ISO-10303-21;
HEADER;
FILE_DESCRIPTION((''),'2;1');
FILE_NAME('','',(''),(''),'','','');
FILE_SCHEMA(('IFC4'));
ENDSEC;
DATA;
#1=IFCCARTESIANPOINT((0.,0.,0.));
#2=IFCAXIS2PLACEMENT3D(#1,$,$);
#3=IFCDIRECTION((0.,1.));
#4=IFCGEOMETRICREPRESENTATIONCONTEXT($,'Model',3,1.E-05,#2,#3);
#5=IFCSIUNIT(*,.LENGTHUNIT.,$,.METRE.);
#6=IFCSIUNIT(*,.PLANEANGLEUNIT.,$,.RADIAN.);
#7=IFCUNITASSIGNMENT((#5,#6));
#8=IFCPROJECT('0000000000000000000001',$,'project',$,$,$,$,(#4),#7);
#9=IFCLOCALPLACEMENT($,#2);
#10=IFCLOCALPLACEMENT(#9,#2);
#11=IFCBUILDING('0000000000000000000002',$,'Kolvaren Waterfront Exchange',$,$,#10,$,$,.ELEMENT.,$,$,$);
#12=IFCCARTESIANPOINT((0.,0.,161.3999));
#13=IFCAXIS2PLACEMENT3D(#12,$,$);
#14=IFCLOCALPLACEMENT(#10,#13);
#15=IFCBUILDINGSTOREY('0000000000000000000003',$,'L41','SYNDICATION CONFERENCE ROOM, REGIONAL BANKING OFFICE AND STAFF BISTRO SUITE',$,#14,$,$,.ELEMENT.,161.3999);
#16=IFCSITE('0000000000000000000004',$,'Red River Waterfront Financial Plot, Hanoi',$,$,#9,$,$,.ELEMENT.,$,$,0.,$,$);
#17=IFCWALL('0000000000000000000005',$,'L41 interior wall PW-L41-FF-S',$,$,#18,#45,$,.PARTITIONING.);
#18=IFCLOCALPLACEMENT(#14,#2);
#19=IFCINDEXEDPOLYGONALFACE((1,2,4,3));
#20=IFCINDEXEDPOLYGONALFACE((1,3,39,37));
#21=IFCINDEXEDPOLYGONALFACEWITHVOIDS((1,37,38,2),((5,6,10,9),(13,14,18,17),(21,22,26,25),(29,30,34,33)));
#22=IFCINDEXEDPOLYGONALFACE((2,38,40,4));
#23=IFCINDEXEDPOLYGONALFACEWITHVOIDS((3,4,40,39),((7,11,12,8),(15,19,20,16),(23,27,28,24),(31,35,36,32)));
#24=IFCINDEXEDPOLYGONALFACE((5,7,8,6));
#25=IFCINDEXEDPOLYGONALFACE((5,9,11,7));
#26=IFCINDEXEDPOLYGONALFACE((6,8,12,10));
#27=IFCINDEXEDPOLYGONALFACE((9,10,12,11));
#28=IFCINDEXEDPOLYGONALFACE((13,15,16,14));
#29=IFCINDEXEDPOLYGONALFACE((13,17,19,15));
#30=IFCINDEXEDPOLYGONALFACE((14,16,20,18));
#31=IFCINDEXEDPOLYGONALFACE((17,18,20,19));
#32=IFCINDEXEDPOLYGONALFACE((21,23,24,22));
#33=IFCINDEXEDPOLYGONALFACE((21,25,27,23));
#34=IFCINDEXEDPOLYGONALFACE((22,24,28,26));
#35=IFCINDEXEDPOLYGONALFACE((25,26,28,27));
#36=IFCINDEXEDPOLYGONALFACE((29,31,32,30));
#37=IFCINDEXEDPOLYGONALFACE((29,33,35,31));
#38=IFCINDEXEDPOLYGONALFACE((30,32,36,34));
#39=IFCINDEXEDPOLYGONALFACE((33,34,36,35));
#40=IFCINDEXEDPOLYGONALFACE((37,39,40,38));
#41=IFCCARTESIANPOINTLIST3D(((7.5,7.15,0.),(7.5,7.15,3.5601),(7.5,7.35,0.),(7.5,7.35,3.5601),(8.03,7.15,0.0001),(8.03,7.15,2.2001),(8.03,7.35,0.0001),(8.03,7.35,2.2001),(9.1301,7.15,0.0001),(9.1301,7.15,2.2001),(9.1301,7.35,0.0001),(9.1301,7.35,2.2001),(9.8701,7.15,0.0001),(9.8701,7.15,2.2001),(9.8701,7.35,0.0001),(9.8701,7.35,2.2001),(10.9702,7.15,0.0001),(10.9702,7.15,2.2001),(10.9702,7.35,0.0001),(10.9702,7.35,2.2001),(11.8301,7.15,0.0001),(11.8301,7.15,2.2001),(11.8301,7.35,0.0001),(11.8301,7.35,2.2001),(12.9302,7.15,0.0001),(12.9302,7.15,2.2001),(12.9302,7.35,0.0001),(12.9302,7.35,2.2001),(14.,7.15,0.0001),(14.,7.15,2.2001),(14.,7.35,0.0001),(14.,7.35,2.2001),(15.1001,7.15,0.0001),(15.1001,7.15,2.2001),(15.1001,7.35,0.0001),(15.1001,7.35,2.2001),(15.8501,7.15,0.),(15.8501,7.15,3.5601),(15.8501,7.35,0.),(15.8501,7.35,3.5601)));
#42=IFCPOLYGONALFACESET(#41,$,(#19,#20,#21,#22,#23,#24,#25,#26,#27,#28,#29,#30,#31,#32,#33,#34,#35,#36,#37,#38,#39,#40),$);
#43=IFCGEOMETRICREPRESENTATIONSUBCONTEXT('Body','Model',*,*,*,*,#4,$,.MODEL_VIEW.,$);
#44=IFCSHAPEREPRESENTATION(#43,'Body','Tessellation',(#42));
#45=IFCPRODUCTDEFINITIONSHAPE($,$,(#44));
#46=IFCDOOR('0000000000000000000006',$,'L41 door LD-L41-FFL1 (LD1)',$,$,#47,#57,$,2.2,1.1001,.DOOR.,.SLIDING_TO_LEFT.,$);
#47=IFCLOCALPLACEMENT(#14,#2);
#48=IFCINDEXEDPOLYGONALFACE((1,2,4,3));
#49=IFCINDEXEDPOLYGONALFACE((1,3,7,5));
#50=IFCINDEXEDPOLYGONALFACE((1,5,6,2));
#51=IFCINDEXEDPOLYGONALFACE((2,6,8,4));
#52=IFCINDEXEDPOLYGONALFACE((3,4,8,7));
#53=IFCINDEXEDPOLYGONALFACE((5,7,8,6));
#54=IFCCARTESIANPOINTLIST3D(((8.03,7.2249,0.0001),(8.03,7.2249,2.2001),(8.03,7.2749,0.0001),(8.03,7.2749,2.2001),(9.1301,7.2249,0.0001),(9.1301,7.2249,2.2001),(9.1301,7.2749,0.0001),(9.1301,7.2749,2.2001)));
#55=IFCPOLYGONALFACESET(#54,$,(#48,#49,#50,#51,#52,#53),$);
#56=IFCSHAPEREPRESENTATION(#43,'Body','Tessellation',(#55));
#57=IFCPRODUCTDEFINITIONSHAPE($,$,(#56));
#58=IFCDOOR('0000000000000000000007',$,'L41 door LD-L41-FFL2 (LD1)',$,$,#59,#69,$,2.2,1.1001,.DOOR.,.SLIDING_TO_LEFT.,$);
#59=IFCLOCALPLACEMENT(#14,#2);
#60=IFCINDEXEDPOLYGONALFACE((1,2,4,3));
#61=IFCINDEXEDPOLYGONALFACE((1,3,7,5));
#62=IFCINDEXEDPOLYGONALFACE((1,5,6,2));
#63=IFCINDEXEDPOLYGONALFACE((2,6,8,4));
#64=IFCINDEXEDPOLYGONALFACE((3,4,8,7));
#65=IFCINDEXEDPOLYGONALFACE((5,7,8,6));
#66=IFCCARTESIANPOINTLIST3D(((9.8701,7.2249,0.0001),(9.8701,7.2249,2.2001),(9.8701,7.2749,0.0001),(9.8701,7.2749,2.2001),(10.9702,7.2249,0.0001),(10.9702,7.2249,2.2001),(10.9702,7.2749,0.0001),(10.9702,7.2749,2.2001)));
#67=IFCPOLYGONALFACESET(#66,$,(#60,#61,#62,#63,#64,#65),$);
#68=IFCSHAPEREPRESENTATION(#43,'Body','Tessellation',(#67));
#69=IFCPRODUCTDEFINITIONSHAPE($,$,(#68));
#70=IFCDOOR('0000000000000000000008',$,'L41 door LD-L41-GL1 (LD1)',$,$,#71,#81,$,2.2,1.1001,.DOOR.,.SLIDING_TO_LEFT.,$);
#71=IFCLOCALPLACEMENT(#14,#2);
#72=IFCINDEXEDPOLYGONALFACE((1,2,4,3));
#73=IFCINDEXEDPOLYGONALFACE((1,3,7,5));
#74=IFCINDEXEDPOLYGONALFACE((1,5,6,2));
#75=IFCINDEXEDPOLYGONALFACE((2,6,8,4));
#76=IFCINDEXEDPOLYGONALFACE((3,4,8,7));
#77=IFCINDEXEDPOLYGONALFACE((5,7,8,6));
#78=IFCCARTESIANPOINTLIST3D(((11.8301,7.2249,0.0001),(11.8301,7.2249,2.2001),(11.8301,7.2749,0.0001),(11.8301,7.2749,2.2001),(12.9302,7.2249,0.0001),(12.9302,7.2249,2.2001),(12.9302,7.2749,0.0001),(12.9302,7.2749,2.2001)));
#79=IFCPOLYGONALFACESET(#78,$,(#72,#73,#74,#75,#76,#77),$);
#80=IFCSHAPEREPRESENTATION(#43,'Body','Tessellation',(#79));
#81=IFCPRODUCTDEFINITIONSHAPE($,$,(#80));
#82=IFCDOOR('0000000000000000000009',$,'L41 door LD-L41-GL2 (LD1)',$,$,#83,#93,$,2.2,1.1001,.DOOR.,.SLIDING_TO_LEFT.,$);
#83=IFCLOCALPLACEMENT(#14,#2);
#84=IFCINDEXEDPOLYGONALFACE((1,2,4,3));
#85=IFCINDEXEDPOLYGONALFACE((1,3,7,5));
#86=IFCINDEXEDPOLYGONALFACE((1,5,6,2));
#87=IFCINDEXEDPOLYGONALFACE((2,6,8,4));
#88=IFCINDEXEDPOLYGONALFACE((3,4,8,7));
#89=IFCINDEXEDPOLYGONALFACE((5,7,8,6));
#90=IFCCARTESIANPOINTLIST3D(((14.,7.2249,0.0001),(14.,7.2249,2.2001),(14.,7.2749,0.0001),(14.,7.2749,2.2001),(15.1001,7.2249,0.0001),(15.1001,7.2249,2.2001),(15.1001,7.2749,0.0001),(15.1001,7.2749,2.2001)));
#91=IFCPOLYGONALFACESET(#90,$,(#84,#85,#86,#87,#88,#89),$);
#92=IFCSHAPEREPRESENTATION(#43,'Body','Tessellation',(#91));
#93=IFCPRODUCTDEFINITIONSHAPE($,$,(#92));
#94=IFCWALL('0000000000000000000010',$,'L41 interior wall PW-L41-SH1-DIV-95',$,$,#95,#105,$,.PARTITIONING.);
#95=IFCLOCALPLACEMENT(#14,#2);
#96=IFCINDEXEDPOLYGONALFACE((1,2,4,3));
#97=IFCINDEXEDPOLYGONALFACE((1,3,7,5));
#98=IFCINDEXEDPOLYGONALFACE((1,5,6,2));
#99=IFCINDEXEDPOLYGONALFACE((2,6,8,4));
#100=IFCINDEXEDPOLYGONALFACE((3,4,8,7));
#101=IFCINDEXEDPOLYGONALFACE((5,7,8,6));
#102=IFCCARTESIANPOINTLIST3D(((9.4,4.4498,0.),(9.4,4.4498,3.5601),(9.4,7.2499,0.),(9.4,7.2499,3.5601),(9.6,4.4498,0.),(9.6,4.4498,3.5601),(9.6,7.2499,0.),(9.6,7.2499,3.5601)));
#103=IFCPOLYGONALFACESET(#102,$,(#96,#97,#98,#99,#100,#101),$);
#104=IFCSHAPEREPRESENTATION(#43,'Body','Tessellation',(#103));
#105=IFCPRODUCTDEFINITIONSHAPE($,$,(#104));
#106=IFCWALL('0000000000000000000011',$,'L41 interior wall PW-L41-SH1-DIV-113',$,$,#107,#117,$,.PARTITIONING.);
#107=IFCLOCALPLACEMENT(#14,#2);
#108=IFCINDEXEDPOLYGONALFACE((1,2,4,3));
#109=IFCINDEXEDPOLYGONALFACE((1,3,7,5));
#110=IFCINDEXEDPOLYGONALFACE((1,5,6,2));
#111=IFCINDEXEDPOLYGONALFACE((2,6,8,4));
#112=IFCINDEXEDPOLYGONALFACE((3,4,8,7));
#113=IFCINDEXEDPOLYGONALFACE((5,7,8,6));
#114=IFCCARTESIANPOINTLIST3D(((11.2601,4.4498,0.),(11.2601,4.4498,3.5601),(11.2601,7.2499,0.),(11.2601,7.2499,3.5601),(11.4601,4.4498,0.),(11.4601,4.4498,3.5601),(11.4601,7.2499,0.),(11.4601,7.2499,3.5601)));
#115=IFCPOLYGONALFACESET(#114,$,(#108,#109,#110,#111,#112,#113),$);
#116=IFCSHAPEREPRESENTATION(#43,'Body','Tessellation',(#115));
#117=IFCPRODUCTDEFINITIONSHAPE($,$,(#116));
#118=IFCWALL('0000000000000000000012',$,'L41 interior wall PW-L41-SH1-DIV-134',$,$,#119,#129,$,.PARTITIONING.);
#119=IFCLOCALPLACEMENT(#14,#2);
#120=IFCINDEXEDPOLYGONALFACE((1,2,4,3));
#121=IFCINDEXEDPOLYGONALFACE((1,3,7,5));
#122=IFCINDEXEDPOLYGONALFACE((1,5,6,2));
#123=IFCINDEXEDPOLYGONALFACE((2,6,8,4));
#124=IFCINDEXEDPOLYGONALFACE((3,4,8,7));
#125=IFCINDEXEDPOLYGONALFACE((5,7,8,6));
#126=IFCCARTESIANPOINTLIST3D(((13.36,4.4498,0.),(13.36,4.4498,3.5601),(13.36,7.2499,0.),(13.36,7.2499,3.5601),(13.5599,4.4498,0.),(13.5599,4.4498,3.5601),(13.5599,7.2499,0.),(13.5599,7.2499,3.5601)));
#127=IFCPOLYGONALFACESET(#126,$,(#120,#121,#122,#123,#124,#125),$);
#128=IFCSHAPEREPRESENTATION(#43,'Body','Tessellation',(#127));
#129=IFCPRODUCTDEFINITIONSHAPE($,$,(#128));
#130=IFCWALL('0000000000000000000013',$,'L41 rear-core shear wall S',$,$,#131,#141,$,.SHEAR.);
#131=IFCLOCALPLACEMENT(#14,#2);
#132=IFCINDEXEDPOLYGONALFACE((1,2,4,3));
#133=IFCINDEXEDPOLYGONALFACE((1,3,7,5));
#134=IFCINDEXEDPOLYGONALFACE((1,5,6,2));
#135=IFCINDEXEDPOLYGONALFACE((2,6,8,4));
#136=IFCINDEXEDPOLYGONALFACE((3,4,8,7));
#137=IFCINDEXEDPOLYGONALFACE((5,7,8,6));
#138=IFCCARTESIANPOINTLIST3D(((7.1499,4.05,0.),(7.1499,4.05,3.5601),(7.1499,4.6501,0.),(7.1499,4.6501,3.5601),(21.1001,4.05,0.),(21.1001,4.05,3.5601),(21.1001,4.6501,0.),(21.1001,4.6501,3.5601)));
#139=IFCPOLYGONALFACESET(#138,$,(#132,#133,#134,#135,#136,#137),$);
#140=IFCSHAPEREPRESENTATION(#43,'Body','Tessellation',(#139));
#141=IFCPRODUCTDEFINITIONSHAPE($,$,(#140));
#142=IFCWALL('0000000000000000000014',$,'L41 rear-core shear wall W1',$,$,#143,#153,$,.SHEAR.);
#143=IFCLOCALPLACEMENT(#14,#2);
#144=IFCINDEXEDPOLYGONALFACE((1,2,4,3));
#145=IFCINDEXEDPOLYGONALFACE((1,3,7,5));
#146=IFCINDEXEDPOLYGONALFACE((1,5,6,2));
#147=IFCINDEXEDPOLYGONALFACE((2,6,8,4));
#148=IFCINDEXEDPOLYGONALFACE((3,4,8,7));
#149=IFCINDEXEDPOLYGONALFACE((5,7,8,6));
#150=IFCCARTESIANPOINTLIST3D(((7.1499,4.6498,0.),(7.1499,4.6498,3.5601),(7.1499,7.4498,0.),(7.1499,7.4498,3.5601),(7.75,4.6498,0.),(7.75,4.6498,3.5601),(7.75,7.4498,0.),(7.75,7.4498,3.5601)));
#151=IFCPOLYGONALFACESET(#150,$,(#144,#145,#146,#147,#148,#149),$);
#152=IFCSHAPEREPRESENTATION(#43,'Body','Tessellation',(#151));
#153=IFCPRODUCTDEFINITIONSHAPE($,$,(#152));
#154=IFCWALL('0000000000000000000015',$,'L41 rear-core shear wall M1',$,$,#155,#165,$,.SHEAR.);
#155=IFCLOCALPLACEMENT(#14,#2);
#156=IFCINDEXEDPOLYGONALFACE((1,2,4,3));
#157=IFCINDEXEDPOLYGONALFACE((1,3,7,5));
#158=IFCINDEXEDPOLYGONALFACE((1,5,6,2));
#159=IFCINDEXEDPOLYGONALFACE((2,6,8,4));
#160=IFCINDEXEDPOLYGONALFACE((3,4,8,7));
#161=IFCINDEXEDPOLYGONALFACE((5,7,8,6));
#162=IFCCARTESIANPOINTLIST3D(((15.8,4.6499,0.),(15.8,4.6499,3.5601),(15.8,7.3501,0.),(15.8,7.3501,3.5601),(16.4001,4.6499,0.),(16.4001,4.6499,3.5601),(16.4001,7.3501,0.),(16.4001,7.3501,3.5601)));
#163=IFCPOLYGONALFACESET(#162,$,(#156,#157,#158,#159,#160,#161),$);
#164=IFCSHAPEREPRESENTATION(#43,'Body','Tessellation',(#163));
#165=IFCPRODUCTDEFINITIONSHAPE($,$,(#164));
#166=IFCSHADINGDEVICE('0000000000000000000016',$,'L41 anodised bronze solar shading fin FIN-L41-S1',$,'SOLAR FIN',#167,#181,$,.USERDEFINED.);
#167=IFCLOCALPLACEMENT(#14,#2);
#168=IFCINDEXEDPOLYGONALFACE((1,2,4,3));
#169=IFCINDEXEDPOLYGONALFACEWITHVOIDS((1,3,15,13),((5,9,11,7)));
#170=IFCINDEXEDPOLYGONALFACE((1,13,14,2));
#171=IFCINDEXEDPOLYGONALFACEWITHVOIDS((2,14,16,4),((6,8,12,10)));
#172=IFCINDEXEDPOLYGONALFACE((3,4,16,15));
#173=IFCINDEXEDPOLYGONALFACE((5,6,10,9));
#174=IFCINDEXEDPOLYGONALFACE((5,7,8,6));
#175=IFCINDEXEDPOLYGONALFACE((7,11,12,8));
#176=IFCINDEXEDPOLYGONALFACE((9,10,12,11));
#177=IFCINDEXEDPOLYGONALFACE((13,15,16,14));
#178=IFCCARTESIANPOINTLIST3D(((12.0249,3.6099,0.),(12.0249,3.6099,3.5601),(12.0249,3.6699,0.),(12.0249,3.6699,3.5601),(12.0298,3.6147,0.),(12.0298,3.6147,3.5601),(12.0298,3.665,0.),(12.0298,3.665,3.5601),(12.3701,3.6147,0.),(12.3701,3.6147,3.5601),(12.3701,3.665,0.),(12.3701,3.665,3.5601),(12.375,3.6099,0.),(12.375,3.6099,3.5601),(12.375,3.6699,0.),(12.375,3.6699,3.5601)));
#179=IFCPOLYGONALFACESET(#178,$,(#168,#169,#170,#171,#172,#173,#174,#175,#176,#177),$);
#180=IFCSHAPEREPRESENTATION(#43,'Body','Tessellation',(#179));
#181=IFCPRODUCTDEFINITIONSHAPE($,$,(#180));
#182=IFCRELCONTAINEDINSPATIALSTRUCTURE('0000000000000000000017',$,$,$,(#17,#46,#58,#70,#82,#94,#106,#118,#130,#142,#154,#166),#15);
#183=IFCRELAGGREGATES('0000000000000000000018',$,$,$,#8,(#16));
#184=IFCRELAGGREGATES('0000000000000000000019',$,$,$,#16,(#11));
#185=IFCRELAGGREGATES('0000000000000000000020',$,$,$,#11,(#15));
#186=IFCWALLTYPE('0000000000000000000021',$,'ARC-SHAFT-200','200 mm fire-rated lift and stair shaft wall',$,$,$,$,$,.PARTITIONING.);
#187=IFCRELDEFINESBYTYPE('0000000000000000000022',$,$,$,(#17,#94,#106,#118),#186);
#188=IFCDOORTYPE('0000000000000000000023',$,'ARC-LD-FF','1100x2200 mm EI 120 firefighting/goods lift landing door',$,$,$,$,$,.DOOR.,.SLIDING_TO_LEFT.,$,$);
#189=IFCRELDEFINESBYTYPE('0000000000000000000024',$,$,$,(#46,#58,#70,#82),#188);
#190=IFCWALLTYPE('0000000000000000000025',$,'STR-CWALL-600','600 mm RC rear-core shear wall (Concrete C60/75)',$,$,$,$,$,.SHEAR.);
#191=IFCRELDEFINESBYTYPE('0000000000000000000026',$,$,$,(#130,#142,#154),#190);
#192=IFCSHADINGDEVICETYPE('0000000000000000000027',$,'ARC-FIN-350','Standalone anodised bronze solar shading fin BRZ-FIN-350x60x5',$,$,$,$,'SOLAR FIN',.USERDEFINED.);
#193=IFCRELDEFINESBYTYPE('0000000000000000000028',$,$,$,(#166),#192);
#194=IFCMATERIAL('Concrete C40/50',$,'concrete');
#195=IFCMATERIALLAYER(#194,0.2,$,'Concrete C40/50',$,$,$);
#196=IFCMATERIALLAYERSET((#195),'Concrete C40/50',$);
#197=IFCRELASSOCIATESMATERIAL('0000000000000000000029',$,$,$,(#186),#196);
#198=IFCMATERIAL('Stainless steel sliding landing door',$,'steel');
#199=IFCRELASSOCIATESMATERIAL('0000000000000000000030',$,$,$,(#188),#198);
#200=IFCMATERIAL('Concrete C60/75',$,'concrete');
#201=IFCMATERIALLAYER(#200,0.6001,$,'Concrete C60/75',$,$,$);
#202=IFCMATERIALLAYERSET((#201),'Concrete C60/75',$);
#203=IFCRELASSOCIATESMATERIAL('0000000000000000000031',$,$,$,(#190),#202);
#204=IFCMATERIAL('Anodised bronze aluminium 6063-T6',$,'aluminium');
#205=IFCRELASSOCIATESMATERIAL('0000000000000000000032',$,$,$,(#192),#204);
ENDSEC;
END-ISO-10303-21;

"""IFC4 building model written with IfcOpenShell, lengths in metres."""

from ifc_helpers import new_model, si_unit, direction, frame, frame_2d, origin, origin_2d, place, context, subcontext, project, spatial, rectangle, hollow_rectangle, extrude, material, layer, layer_set, material_profile, profile_set, type_object, element, fill, save


model = new_model("IFC4")

# Units and contexts
model_context = context("Model", 3, precision=1e-05, world=origin(), true_north=direction((0.0, 1.0)))
body_context = subcontext(model_context, "Body", "Model", "MODEL_VIEW")
ifc_project = project(units=[si_unit("LENGTHUNIT", "METRE"), si_unit("PLANEANGLEUNIT", "RADIAN")], contexts=[model_context])

# Site, building, storey
site_placement = place(None, origin())
site = spatial("IfcSite", under=ifc_project, at=site_placement, Name="Red River Waterfront Financial Plot, Hanoi", CompositionType="ELEMENT", RefElevation=0.0)
building_placement = place(site_placement, origin())
building = spatial("IfcBuilding", under=site, at=building_placement, Name="Kolvaren Waterfront Exchange", CompositionType="ELEMENT")
storey_placement = place(building_placement, frame((0.0, 0.0, 161.3999)))
storey = spatial("IfcBuildingStorey", under=building, at=storey_placement, Name="L41", Description="SYNDICATION CONFERENCE ROOM, REGIONAL BANKING OFFICE AND STAFF BISTRO SUITE", CompositionType="ELEMENT", Elevation=161.3999)

# Shared definitions
ifc_material_1 = material(Name="Concrete C60/75", Category="concrete")

# Shared definitions
ifc_material_2 = material(Name="Anodised bronze aluminium 6063-T6", Category="aluminium")

# Shared definitions
ifc_material_3 = material(Name="Concrete C40/50", Category="concrete")
ifc_layer_1 = layer(ifc_material_3, 0.2, Name="Concrete C40/50")
ifc_layer_set_1 = layer_set([ifc_layer_1], Name="Concrete C40/50")
wall_type_1 = type_object("IfcWallType", Name="ARC-SHAFT-200", Description="200 mm fire-rated lift and stair shaft wall", PredefinedType="PARTITIONING", material=ifc_layer_set_1)

# Wall, openings, doors
wall_1_placement = place(storey_placement, frame((7.5, 7.25, 0.0), z_axis=(0.0, 0.0, 1.0), x_axis=(1.0, 0.0, 0.0)))
wall_1 = element("IfcWall", 1, at=wall_1_placement, inside=storey, type_object=wall_type_1, Name="L41 interior wall PW-L41-FF-S", PredefinedType="PARTITIONING", context=body_context, shape_type="SweptSolid", body=[
    extrude(rectangle(XDim=8.3501, YDim=0.2, at=frame_2d((4.175, 0.0))), origin(), (0.0, 0.0, 1.0), 3.5601),
])
opening_1_placement = place(wall_1_placement, frame((0.53, 0.0, 0.0)))
opening_1 = element("IfcOpeningElement", 2, at=opening_1_placement, cuts=wall_1, PredefinedType="OPENING", context=body_context, shape_type="SweptSolid", body=[
    extrude(rectangle(XDim=1.1001, YDim=2.2, at=frame_2d((0.55, 1.1001))), frame((0.0, 0.1099, 0.0), z_axis=(0.0, -1.0, 0.0), x_axis=(1.0, 0.0, 0.0)), (0.0, 0.0, 1.0), 0.22),
])
opening_2_placement = place(wall_1_placement, frame((2.3701, 0.0, 0.0)))
opening_2 = element("IfcOpeningElement", 3, at=opening_2_placement, cuts=wall_1, PredefinedType="OPENING", context=body_context, shape_type="SweptSolid", body=[
    extrude(rectangle(XDim=1.1001, YDim=2.2, at=frame_2d((0.55, 1.1001))), frame((0.0, 0.1099, 0.0), z_axis=(0.0, -1.0, 0.0), x_axis=(1.0, 0.0, 0.0)), (0.0, 0.0, 1.0), 0.22),
])
opening_3_placement = place(wall_1_placement, frame((4.3301, 0.0, 0.0)))
opening_3 = element("IfcOpeningElement", 4, at=opening_3_placement, cuts=wall_1, PredefinedType="OPENING", context=body_context, shape_type="SweptSolid", body=[
    extrude(rectangle(XDim=1.1001, YDim=2.2, at=frame_2d((0.55, 1.1001))), frame((0.0, 0.1099, 0.0), z_axis=(0.0, -1.0, 0.0), x_axis=(1.0, 0.0, 0.0)), (0.0, 0.0, 1.0), 0.22),
])
opening_4_placement = place(wall_1_placement, frame((6.5, 0.0, 0.0)))
opening_4 = element("IfcOpeningElement", 5, at=opening_4_placement, cuts=wall_1, PredefinedType="OPENING", context=body_context, shape_type="SweptSolid", body=[
    extrude(rectangle(XDim=1.1001, YDim=2.2, at=frame_2d((0.55, 1.1001))), frame((0.0, 0.1099, 0.0), z_axis=(0.0, -1.0, 0.0), x_axis=(1.0, 0.0, 0.0)), (0.0, 0.0, 1.0), 0.22),
])
ifc_material_4 = material(Name="Stainless steel sliding landing door", Category="steel")
door_type_1 = type_object("IfcDoorType", Name="ARC-LD-FF", Description="1100x2200 mm EI 120 firefighting/goods lift landing door", OperationType="SLIDING_TO_LEFT", PredefinedType="DOOR", material=ifc_material_4)
door_1_placement = place(opening_1_placement, origin())
door_1 = element("IfcDoor", 6, at=door_1_placement, inside=storey, type_object=door_type_1, Name="L41 door LD-L41-FFL1 (LD1)", OperationType="SLIDING_TO_LEFT", OverallHeight=2.2, OverallWidth=1.1001, PredefinedType="DOOR", context=body_context, shape_type="SweptSolid", body=[
    extrude(rectangle(XDim=1.1001, YDim=2.2, at=frame_2d((0.55, 1.1001))), frame((0.0, 0.0249, 0.0), z_axis=(0.0, -1.0, 0.0), x_axis=(1.0, 0.0, 0.0)), (0.0, 0.0, 1.0), 0.05),
])
fill(opening_1, door_1)
door_2_placement = place(opening_2_placement, origin())
door_2 = element("IfcDoor", 7, at=door_2_placement, inside=storey, type_object=door_type_1, Name="L41 door LD-L41-FFL2 (LD1)", OperationType="SLIDING_TO_LEFT", OverallHeight=2.2, OverallWidth=1.1001, PredefinedType="DOOR", context=body_context, shape_type="SweptSolid", body=[
    extrude(rectangle(XDim=1.1001, YDim=2.2, at=frame_2d((0.55, 1.1001))), frame((0.0, 0.0249, 0.0), z_axis=(0.0, -1.0, 0.0), x_axis=(1.0, 0.0, 0.0)), (0.0, 0.0, 1.0), 0.05),
])
fill(opening_2, door_2)
door_3_placement = place(opening_3_placement, origin())
door_3 = element("IfcDoor", 8, at=door_3_placement, inside=storey, type_object=door_type_1, Name="L41 door LD-L41-GL1 (LD1)", OperationType="SLIDING_TO_LEFT", OverallHeight=2.2, OverallWidth=1.1001, PredefinedType="DOOR", context=body_context, shape_type="SweptSolid", body=[
    extrude(rectangle(XDim=1.1001, YDim=2.2, at=frame_2d((0.55, 1.1001))), frame((0.0, 0.0249, 0.0), z_axis=(0.0, -1.0, 0.0), x_axis=(1.0, 0.0, 0.0)), (0.0, 0.0, 1.0), 0.05),
])
fill(opening_3, door_3)
door_4_placement = place(opening_4_placement, origin())
door_4 = element("IfcDoor", 9, at=door_4_placement, inside=storey, type_object=door_type_1, Name="L41 door LD-L41-GL2 (LD1)", OperationType="SLIDING_TO_LEFT", OverallHeight=2.2, OverallWidth=1.1001, PredefinedType="DOOR", context=body_context, shape_type="SweptSolid", body=[
    extrude(rectangle(XDim=1.1001, YDim=2.2, at=frame_2d((0.55, 1.1001))), frame((0.0, 0.0249, 0.0), z_axis=(0.0, -1.0, 0.0), x_axis=(1.0, 0.0, 0.0)), (0.0, 0.0, 1.0), 0.05),
])
fill(opening_4, door_4)

# Walls
for number, where, z_axis, x_axis, name in (
    (10, (9.5, 4.45, 0.0), (0.0, 0.0, 1.0), (0.0, 1.0, 0.0), "L41 interior wall PW-L41-SH1-DIV-95"),
    (11, (11.3601, 4.45, 0.0), (0.0, 0.0, 1.0), (0.0, 1.0, 0.0), "L41 interior wall PW-L41-SH1-DIV-113"),
    (12, (13.46, 4.45, 0.0), (0.0, 0.0, 1.0), (0.0, 1.0, 0.0), "L41 interior wall PW-L41-SH1-DIV-134"),
):
    element("IfcWall", number, at=place(storey_placement, frame(where, z_axis=z_axis, x_axis=x_axis)), inside=storey, type_object=wall_type_1, Name=name, PredefinedType="PARTITIONING", context=body_context, shape_type="SweptSolid", body=[
        extrude(rectangle(XDim=2.8, YDim=0.2, at=frame_2d((1.3999, 0.0))), origin(), (0.0, 0.0, 1.0), 3.5601),
    ])
ifc_layer_2 = layer(ifc_material_1, 0.6001, Name="Concrete C60/75")
ifc_layer_set_2 = layer_set([ifc_layer_2], Name="Concrete C60/75")
wall_type_2 = type_object("IfcWallType", Name="STR-CWALL-600", Description="600 mm RC rear-core shear wall (Concrete C60/75)", PredefinedType="SHEAR", material=ifc_layer_set_2)
wall_2_placement = place(storey_placement, frame((7.1499, 4.3501, 0.0), z_axis=(0.0, 0.0, 1.0), x_axis=(1.0, 0.0, 0.0)))
element("IfcWall", 13, at=wall_2_placement, inside=storey, type_object=wall_type_2, Name="L41 rear-core shear wall S", PredefinedType="SHEAR", context=body_context, shape_type="SweptSolid", body=[
    extrude(rectangle(XDim=13.9502, YDim=0.6001, at=frame_2d((6.9751, 0.0))), origin(), (0.0, 0.0, 1.0), 3.5601),
])
wall_3_placement = place(storey_placement, frame((7.45, 4.6499, 0.0), z_axis=(0.0, 0.0, 1.0), x_axis=(0.0, 1.0, 0.0)))
element("IfcWall", 14, at=wall_3_placement, inside=storey, type_object=wall_type_2, Name="L41 rear-core shear wall W1", PredefinedType="SHEAR", context=body_context, shape_type="SweptSolid", body=[
    extrude(rectangle(XDim=2.8, YDim=0.6001, at=frame_2d((1.3999, 0.0))), origin(), (0.0, 0.0, 1.0), 3.5601),
])
wall_4_placement = place(storey_placement, frame((16.1001, 4.6499, 0.0), z_axis=(0.0, 0.0, 1.0), x_axis=(0.0, 1.0, 0.0)))
element("IfcWall", 15, at=wall_4_placement, inside=storey, type_object=wall_type_2, Name="L41 rear-core shear wall M1", PredefinedType="SHEAR", context=body_context, shape_type="SweptSolid", body=[
    extrude(rectangle(XDim=2.7002, YDim=0.6001, at=frame_2d((1.3501, 0.0))), origin(), (0.0, 0.0, 1.0), 3.5601),
])

# Shading device
ifc_material_profile_1 = material_profile(ifc_material_2, hollow_rectangle(XDim=0.0601, YDim=0.3501, WallThickness=0.0049, at=origin_2d()), Name="BRZ-FIN-350x60x5")
ifc_profile_set_1 = profile_set([ifc_material_profile_1], Name="Anodised bronze aluminium 6063-T6")
shading_device_type = type_object("IfcShadingDeviceType", Name="ARC-FIN-350", Description="Standalone anodised bronze solar shading fin BRZ-FIN-350x60x5", ElementType="SOLAR FIN", PredefinedType="USERDEFINED", material=ifc_profile_set_1)
shading_device_placement = place(storey_placement, frame((12.2, 3.6399, 0.0), z_axis=(0.0, 0.0, 1.0), x_axis=(0.0, -1.0, 0.0)))
element("IfcShadingDevice", 16, at=shading_device_placement, inside=storey, type_object=shading_device_type, Name="L41 anodised bronze solar shading fin FIN-L41-S1", ObjectType="SOLAR FIN", PredefinedType="USERDEFINED", context=body_context, shape_type="SweptSolid", body=[
    extrude(hollow_rectangle(XDim=0.0601, YDim=0.3501, WallThickness=0.0049, at=origin_2d()), origin(), (0.0, 0.0, 1.0), 3.5601),
])

save(model, "model.ifc")
